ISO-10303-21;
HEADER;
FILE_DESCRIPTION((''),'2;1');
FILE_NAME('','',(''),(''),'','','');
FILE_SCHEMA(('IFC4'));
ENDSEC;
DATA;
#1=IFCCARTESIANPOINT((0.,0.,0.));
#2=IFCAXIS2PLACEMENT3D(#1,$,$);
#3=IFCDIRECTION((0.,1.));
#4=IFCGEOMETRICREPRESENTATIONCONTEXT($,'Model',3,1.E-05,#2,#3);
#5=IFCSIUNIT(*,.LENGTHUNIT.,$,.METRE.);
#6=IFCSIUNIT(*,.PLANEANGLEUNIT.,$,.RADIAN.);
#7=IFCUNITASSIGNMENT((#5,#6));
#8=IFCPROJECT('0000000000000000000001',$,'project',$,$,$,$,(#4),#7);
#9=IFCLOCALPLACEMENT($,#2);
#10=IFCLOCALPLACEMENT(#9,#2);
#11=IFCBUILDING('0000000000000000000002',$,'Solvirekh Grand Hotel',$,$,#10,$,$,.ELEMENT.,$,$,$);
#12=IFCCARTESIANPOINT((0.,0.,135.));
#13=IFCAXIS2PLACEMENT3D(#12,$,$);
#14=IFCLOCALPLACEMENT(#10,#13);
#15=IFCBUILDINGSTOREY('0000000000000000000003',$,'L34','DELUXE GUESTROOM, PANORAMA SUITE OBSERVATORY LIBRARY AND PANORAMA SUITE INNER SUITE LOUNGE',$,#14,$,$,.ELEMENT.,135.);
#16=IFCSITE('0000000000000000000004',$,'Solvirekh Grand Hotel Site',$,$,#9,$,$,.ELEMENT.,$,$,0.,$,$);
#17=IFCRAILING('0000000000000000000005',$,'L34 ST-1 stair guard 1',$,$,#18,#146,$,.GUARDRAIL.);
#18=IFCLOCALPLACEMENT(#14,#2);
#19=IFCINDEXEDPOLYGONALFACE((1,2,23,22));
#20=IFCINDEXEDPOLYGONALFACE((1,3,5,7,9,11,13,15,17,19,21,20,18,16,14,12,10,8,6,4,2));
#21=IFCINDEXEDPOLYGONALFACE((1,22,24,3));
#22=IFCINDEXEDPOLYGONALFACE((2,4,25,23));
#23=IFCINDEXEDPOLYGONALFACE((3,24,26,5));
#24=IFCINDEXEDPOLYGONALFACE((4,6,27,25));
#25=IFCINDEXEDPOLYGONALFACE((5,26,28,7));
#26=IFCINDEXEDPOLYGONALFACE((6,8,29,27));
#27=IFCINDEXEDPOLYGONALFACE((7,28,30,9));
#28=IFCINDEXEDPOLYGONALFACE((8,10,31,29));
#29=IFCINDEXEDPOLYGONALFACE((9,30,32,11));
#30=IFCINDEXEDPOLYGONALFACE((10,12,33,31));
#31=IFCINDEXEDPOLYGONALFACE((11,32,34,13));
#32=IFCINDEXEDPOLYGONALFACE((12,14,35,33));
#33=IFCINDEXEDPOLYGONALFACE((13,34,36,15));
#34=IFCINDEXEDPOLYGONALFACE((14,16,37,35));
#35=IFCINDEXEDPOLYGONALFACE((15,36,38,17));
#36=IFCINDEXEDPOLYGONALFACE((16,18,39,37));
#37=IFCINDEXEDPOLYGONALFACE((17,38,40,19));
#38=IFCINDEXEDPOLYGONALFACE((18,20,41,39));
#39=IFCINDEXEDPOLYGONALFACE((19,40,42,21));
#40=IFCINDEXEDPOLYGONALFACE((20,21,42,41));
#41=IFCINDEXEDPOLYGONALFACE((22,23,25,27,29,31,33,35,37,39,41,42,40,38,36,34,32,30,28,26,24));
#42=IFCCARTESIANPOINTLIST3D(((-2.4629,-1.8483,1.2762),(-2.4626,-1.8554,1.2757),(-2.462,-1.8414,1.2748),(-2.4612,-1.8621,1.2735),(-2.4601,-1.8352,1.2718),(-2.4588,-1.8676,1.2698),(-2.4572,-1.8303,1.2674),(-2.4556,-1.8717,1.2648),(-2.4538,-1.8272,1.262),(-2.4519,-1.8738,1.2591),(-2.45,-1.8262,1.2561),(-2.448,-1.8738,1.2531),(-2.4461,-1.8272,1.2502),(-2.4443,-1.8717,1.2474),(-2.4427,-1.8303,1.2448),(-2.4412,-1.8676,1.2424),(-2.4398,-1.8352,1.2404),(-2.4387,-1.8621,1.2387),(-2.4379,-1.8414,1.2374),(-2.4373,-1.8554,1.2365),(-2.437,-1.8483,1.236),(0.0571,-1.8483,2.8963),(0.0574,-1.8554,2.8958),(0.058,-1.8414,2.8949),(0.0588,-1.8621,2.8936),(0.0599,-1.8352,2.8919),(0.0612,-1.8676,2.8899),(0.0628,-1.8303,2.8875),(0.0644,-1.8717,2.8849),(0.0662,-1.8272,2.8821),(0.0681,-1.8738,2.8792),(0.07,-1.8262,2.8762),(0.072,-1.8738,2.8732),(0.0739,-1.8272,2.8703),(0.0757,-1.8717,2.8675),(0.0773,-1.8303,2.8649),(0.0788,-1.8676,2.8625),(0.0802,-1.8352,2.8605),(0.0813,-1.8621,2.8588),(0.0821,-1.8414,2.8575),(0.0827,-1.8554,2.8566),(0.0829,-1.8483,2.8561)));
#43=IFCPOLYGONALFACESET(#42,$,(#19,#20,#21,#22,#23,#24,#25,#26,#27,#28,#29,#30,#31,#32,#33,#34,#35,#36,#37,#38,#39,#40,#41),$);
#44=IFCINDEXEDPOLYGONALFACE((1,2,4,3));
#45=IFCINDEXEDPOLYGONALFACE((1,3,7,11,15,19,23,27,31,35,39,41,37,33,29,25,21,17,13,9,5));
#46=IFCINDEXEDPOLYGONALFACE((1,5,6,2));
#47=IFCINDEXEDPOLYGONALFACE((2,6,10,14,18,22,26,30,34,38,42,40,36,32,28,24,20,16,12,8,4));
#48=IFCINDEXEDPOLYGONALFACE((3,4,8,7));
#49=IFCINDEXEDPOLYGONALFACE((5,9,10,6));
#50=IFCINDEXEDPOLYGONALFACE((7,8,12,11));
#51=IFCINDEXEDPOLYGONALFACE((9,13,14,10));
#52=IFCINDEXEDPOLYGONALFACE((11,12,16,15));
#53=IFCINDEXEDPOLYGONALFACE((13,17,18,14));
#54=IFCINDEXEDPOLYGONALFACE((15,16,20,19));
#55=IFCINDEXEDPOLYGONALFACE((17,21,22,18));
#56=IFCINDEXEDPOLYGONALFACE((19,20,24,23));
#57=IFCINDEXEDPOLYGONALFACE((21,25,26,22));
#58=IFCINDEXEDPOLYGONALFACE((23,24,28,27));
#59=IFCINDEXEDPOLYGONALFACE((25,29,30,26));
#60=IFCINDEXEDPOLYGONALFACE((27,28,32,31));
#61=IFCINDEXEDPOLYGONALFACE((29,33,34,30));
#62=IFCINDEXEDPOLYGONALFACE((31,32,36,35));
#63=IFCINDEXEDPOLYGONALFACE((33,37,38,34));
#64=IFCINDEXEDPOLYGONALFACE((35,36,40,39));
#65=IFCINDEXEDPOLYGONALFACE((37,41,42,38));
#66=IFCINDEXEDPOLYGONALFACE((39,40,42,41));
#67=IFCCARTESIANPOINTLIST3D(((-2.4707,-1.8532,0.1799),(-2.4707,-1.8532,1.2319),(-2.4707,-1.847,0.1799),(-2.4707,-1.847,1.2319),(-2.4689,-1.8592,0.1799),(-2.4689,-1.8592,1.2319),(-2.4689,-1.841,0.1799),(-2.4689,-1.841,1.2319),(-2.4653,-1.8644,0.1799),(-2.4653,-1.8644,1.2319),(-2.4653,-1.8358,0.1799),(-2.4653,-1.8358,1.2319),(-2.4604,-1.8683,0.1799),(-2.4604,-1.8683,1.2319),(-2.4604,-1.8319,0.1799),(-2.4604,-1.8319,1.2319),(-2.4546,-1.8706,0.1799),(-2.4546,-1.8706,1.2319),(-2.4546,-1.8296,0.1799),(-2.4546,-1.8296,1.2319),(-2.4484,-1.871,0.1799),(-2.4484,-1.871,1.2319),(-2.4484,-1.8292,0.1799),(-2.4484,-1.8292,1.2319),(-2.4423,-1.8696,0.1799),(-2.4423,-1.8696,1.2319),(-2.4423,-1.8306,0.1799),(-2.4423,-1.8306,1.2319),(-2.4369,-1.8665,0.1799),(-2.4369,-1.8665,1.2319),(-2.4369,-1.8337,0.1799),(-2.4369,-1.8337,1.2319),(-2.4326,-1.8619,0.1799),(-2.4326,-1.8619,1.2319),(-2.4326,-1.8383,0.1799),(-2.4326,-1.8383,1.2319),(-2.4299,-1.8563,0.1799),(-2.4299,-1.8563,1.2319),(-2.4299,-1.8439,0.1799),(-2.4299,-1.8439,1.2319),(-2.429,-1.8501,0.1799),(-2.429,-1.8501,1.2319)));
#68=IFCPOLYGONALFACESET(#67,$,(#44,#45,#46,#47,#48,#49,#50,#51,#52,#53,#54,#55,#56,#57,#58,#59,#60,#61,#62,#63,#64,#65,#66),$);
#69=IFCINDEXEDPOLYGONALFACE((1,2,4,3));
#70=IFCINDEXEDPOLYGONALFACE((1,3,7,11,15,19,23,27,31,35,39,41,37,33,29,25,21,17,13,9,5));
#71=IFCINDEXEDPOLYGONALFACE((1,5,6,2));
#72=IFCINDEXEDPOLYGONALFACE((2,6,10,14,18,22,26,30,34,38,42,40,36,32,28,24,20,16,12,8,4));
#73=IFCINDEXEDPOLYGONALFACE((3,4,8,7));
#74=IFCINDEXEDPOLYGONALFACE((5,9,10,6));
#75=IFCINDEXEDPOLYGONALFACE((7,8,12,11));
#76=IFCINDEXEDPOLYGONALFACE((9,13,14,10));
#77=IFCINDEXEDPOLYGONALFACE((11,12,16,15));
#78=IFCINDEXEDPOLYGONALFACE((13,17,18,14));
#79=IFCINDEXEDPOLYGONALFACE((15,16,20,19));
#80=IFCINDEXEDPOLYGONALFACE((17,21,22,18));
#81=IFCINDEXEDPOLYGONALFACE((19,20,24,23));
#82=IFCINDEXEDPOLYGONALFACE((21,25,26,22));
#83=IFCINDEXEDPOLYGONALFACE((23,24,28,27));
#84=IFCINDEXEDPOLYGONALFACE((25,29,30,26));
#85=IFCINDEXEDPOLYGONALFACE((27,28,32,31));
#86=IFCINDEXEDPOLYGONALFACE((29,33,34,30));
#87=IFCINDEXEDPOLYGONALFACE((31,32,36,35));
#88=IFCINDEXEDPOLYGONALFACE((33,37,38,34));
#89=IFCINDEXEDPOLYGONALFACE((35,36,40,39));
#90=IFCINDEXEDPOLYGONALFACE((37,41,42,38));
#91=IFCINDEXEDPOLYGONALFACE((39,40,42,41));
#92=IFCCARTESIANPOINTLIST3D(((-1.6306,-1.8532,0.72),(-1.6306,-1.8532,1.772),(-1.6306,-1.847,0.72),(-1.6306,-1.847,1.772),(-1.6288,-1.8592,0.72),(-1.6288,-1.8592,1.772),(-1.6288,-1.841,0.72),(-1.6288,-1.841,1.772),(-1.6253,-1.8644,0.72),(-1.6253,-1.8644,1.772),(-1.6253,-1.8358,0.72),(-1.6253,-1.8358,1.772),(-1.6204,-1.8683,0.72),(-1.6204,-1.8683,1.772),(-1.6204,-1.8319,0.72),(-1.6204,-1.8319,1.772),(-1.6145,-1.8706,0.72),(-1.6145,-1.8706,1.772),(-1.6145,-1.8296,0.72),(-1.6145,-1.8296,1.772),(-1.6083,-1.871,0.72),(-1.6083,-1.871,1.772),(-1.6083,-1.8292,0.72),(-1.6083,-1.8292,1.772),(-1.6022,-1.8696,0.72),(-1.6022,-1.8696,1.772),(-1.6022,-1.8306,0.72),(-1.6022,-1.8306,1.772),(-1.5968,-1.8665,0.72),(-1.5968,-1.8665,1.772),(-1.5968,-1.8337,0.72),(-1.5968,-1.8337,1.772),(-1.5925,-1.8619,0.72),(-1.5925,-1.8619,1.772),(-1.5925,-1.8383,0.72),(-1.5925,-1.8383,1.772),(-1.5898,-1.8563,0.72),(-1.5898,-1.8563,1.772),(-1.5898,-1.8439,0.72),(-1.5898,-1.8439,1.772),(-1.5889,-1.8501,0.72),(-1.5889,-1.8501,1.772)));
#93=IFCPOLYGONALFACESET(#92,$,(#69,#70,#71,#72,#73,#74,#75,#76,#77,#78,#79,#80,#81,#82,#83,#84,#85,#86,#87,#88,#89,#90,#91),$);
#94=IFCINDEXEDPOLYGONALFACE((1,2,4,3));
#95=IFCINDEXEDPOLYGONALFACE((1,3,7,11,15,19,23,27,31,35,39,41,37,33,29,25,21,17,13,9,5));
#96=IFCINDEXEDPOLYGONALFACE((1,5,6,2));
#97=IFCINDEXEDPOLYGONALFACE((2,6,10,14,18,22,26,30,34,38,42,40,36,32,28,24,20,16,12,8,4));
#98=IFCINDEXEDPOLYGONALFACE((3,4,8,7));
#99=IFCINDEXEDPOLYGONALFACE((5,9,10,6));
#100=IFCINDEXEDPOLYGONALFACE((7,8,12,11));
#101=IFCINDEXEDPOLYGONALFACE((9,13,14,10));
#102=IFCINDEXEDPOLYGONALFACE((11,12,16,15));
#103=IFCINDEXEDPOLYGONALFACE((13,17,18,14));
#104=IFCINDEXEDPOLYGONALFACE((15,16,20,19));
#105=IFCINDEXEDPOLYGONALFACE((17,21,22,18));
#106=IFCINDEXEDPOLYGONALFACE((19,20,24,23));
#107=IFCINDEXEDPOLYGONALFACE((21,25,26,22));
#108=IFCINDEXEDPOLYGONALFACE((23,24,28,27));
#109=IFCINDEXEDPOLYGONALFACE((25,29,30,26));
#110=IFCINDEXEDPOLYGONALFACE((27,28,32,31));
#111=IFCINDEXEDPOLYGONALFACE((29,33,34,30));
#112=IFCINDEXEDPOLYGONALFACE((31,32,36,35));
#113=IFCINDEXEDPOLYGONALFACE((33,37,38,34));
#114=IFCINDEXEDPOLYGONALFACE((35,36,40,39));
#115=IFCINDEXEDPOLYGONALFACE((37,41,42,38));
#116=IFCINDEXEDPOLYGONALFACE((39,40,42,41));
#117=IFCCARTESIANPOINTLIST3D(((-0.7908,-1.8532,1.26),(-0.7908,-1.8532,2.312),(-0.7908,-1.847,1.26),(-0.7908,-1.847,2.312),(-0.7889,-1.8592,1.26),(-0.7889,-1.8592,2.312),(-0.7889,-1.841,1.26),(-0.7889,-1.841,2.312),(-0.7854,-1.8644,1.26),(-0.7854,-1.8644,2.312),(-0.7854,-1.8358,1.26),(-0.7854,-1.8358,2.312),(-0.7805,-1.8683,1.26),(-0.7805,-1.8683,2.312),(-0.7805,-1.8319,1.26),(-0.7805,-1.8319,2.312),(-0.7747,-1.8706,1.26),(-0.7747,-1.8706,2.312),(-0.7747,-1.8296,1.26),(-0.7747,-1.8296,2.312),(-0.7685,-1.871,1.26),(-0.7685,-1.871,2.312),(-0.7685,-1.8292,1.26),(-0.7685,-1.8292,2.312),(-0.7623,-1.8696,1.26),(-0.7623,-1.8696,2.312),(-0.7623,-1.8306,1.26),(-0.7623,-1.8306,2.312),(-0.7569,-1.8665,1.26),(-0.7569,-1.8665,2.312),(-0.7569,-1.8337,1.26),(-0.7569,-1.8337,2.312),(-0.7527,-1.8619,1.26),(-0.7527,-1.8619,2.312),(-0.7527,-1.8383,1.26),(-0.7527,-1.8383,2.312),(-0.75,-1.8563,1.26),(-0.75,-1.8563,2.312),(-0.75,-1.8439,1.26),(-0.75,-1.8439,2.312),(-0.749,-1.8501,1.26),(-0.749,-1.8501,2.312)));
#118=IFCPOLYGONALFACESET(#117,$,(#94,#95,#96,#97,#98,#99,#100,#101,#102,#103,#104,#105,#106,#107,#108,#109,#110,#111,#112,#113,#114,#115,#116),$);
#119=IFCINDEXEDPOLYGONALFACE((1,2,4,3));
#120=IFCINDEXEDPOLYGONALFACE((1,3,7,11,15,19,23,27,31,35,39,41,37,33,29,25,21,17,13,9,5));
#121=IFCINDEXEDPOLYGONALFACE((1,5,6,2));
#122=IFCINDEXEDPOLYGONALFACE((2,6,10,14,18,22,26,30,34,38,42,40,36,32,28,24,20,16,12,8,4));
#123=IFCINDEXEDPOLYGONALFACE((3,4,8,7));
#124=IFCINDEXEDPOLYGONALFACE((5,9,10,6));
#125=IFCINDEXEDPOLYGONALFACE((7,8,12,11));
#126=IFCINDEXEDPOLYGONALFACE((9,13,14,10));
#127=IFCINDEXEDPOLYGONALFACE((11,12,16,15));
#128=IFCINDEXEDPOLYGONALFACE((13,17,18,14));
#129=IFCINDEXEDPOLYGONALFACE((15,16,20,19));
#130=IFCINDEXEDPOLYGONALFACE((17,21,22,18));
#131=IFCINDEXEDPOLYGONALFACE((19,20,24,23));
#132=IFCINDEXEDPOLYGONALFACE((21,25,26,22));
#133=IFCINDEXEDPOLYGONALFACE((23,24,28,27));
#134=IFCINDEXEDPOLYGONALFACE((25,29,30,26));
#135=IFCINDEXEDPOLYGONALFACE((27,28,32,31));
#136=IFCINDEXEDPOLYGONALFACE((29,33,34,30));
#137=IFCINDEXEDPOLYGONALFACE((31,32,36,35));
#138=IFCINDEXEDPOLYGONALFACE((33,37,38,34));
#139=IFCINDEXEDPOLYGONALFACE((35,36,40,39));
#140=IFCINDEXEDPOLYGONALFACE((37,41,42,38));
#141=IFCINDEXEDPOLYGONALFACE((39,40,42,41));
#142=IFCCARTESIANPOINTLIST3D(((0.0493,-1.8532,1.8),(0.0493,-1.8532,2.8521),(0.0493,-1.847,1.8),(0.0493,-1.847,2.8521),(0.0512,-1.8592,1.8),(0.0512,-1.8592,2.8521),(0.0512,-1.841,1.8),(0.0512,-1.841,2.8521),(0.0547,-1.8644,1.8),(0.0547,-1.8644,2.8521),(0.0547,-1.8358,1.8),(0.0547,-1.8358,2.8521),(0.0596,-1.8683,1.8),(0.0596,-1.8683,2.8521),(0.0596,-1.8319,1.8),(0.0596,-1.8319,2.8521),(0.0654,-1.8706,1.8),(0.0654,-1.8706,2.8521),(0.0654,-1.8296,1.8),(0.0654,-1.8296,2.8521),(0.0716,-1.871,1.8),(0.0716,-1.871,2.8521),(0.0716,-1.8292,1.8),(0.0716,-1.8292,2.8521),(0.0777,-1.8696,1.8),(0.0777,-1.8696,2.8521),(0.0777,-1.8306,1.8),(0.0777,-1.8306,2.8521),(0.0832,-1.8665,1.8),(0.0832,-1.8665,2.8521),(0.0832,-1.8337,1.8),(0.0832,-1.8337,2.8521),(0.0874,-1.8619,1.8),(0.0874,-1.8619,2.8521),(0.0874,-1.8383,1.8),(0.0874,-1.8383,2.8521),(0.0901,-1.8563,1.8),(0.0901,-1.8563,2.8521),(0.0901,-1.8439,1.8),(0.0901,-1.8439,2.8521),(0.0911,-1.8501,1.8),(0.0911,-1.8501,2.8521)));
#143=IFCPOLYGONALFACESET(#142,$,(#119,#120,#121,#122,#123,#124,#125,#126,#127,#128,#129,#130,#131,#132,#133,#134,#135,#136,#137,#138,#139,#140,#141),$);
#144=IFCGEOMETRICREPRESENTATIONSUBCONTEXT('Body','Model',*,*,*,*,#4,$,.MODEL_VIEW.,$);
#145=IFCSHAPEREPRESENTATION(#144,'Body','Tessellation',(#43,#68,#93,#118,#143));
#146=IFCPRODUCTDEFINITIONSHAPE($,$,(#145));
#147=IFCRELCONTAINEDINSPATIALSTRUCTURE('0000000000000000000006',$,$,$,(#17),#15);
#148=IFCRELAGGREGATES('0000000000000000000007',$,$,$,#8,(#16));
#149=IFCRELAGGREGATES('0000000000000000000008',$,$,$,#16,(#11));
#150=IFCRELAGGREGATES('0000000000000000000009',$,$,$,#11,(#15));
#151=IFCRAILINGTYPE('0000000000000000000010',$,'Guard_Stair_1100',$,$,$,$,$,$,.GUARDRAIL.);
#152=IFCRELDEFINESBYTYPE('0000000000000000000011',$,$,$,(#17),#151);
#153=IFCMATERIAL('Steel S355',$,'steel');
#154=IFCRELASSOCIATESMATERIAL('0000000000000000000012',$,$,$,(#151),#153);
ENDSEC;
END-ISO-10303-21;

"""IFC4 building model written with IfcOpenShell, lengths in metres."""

from ifc_helpers import new_model, si_unit, direction, frame, origin, origin_2d, place, context, subcontext, project, spatial, circle, extrude, material, type_object, element, save


model = new_model("IFC4")

# Units and contexts
model_context = context("Model", 3, precision=1e-05, world=origin(), true_north=direction((0.0, 1.0)))
body_context = subcontext(model_context, "Body", "Model", "MODEL_VIEW")
ifc_project = project(units=[si_unit("LENGTHUNIT", "METRE"), si_unit("PLANEANGLEUNIT", "RADIAN")], contexts=[model_context])

# Site, building, storey
site_placement = place(None, origin())
site = spatial("IfcSite", under=ifc_project, at=site_placement, Name="Solvirekh Grand Hotel Site", CompositionType="ELEMENT", RefElevation=0.0)
building_placement = place(site_placement, origin())
building = spatial("IfcBuilding", under=site, at=building_placement, Name="Solvirekh Grand Hotel", CompositionType="ELEMENT")
storey_placement = place(building_placement, frame((0.0, 0.0, 135.0)))
storey = spatial("IfcBuildingStorey", under=building, at=storey_placement, Name="L34", Description="DELUXE GUESTROOM, PANORAMA SUITE OBSERVATORY LIBRARY AND PANORAMA SUITE INNER SUITE LOUNGE", CompositionType="ELEMENT", Elevation=135.0)

# Railing
ifc_material_1 = material(Name="Steel S355", Category="steel")
railing_type_1 = type_object("IfcRailingType", Name="Guard_Stair_1100", PredefinedType="GUARDRAIL", material=ifc_material_1)
railing_1_placement = place(storey_placement, frame((-2.45, -1.8501, 0.1799)))
element("IfcRailing", 1, at=railing_1_placement, inside=storey, type_object=railing_type_1, Name="L34 ST-1 stair guard 1", PredefinedType="GUARDRAIL", context=body_context, shape_type="SweptSolid", body=[
    extrude(circle(Radius=0.0239, at=origin_2d()), frame((0.0, 0.0, 1.0762), z_axis=(0.841163, 0.0, 0.540782), x_axis=(0.0, 1.0, 0.0)), (0.0, 0.0, 1.0), 2.9958),
    extrude(circle(Radius=0.021, at=origin_2d()), origin(), (0.0, 0.0, 1.0), 1.052),
    extrude(circle(Radius=0.021, at=origin_2d()), frame((0.8401, 0.0, 0.54)), (0.0, 0.0, 1.0), 1.052),
    extrude(circle(Radius=0.021, at=origin_2d()), frame((1.6799, 0.0, 1.0801)), (0.0, 0.0, 1.0), 1.052),
    extrude(circle(Radius=0.021, at=origin_2d()), frame((2.52, 0.0, 1.6201)), (0.0, 0.0, 1.0), 1.052),
])

save(model, "model.ifc")
